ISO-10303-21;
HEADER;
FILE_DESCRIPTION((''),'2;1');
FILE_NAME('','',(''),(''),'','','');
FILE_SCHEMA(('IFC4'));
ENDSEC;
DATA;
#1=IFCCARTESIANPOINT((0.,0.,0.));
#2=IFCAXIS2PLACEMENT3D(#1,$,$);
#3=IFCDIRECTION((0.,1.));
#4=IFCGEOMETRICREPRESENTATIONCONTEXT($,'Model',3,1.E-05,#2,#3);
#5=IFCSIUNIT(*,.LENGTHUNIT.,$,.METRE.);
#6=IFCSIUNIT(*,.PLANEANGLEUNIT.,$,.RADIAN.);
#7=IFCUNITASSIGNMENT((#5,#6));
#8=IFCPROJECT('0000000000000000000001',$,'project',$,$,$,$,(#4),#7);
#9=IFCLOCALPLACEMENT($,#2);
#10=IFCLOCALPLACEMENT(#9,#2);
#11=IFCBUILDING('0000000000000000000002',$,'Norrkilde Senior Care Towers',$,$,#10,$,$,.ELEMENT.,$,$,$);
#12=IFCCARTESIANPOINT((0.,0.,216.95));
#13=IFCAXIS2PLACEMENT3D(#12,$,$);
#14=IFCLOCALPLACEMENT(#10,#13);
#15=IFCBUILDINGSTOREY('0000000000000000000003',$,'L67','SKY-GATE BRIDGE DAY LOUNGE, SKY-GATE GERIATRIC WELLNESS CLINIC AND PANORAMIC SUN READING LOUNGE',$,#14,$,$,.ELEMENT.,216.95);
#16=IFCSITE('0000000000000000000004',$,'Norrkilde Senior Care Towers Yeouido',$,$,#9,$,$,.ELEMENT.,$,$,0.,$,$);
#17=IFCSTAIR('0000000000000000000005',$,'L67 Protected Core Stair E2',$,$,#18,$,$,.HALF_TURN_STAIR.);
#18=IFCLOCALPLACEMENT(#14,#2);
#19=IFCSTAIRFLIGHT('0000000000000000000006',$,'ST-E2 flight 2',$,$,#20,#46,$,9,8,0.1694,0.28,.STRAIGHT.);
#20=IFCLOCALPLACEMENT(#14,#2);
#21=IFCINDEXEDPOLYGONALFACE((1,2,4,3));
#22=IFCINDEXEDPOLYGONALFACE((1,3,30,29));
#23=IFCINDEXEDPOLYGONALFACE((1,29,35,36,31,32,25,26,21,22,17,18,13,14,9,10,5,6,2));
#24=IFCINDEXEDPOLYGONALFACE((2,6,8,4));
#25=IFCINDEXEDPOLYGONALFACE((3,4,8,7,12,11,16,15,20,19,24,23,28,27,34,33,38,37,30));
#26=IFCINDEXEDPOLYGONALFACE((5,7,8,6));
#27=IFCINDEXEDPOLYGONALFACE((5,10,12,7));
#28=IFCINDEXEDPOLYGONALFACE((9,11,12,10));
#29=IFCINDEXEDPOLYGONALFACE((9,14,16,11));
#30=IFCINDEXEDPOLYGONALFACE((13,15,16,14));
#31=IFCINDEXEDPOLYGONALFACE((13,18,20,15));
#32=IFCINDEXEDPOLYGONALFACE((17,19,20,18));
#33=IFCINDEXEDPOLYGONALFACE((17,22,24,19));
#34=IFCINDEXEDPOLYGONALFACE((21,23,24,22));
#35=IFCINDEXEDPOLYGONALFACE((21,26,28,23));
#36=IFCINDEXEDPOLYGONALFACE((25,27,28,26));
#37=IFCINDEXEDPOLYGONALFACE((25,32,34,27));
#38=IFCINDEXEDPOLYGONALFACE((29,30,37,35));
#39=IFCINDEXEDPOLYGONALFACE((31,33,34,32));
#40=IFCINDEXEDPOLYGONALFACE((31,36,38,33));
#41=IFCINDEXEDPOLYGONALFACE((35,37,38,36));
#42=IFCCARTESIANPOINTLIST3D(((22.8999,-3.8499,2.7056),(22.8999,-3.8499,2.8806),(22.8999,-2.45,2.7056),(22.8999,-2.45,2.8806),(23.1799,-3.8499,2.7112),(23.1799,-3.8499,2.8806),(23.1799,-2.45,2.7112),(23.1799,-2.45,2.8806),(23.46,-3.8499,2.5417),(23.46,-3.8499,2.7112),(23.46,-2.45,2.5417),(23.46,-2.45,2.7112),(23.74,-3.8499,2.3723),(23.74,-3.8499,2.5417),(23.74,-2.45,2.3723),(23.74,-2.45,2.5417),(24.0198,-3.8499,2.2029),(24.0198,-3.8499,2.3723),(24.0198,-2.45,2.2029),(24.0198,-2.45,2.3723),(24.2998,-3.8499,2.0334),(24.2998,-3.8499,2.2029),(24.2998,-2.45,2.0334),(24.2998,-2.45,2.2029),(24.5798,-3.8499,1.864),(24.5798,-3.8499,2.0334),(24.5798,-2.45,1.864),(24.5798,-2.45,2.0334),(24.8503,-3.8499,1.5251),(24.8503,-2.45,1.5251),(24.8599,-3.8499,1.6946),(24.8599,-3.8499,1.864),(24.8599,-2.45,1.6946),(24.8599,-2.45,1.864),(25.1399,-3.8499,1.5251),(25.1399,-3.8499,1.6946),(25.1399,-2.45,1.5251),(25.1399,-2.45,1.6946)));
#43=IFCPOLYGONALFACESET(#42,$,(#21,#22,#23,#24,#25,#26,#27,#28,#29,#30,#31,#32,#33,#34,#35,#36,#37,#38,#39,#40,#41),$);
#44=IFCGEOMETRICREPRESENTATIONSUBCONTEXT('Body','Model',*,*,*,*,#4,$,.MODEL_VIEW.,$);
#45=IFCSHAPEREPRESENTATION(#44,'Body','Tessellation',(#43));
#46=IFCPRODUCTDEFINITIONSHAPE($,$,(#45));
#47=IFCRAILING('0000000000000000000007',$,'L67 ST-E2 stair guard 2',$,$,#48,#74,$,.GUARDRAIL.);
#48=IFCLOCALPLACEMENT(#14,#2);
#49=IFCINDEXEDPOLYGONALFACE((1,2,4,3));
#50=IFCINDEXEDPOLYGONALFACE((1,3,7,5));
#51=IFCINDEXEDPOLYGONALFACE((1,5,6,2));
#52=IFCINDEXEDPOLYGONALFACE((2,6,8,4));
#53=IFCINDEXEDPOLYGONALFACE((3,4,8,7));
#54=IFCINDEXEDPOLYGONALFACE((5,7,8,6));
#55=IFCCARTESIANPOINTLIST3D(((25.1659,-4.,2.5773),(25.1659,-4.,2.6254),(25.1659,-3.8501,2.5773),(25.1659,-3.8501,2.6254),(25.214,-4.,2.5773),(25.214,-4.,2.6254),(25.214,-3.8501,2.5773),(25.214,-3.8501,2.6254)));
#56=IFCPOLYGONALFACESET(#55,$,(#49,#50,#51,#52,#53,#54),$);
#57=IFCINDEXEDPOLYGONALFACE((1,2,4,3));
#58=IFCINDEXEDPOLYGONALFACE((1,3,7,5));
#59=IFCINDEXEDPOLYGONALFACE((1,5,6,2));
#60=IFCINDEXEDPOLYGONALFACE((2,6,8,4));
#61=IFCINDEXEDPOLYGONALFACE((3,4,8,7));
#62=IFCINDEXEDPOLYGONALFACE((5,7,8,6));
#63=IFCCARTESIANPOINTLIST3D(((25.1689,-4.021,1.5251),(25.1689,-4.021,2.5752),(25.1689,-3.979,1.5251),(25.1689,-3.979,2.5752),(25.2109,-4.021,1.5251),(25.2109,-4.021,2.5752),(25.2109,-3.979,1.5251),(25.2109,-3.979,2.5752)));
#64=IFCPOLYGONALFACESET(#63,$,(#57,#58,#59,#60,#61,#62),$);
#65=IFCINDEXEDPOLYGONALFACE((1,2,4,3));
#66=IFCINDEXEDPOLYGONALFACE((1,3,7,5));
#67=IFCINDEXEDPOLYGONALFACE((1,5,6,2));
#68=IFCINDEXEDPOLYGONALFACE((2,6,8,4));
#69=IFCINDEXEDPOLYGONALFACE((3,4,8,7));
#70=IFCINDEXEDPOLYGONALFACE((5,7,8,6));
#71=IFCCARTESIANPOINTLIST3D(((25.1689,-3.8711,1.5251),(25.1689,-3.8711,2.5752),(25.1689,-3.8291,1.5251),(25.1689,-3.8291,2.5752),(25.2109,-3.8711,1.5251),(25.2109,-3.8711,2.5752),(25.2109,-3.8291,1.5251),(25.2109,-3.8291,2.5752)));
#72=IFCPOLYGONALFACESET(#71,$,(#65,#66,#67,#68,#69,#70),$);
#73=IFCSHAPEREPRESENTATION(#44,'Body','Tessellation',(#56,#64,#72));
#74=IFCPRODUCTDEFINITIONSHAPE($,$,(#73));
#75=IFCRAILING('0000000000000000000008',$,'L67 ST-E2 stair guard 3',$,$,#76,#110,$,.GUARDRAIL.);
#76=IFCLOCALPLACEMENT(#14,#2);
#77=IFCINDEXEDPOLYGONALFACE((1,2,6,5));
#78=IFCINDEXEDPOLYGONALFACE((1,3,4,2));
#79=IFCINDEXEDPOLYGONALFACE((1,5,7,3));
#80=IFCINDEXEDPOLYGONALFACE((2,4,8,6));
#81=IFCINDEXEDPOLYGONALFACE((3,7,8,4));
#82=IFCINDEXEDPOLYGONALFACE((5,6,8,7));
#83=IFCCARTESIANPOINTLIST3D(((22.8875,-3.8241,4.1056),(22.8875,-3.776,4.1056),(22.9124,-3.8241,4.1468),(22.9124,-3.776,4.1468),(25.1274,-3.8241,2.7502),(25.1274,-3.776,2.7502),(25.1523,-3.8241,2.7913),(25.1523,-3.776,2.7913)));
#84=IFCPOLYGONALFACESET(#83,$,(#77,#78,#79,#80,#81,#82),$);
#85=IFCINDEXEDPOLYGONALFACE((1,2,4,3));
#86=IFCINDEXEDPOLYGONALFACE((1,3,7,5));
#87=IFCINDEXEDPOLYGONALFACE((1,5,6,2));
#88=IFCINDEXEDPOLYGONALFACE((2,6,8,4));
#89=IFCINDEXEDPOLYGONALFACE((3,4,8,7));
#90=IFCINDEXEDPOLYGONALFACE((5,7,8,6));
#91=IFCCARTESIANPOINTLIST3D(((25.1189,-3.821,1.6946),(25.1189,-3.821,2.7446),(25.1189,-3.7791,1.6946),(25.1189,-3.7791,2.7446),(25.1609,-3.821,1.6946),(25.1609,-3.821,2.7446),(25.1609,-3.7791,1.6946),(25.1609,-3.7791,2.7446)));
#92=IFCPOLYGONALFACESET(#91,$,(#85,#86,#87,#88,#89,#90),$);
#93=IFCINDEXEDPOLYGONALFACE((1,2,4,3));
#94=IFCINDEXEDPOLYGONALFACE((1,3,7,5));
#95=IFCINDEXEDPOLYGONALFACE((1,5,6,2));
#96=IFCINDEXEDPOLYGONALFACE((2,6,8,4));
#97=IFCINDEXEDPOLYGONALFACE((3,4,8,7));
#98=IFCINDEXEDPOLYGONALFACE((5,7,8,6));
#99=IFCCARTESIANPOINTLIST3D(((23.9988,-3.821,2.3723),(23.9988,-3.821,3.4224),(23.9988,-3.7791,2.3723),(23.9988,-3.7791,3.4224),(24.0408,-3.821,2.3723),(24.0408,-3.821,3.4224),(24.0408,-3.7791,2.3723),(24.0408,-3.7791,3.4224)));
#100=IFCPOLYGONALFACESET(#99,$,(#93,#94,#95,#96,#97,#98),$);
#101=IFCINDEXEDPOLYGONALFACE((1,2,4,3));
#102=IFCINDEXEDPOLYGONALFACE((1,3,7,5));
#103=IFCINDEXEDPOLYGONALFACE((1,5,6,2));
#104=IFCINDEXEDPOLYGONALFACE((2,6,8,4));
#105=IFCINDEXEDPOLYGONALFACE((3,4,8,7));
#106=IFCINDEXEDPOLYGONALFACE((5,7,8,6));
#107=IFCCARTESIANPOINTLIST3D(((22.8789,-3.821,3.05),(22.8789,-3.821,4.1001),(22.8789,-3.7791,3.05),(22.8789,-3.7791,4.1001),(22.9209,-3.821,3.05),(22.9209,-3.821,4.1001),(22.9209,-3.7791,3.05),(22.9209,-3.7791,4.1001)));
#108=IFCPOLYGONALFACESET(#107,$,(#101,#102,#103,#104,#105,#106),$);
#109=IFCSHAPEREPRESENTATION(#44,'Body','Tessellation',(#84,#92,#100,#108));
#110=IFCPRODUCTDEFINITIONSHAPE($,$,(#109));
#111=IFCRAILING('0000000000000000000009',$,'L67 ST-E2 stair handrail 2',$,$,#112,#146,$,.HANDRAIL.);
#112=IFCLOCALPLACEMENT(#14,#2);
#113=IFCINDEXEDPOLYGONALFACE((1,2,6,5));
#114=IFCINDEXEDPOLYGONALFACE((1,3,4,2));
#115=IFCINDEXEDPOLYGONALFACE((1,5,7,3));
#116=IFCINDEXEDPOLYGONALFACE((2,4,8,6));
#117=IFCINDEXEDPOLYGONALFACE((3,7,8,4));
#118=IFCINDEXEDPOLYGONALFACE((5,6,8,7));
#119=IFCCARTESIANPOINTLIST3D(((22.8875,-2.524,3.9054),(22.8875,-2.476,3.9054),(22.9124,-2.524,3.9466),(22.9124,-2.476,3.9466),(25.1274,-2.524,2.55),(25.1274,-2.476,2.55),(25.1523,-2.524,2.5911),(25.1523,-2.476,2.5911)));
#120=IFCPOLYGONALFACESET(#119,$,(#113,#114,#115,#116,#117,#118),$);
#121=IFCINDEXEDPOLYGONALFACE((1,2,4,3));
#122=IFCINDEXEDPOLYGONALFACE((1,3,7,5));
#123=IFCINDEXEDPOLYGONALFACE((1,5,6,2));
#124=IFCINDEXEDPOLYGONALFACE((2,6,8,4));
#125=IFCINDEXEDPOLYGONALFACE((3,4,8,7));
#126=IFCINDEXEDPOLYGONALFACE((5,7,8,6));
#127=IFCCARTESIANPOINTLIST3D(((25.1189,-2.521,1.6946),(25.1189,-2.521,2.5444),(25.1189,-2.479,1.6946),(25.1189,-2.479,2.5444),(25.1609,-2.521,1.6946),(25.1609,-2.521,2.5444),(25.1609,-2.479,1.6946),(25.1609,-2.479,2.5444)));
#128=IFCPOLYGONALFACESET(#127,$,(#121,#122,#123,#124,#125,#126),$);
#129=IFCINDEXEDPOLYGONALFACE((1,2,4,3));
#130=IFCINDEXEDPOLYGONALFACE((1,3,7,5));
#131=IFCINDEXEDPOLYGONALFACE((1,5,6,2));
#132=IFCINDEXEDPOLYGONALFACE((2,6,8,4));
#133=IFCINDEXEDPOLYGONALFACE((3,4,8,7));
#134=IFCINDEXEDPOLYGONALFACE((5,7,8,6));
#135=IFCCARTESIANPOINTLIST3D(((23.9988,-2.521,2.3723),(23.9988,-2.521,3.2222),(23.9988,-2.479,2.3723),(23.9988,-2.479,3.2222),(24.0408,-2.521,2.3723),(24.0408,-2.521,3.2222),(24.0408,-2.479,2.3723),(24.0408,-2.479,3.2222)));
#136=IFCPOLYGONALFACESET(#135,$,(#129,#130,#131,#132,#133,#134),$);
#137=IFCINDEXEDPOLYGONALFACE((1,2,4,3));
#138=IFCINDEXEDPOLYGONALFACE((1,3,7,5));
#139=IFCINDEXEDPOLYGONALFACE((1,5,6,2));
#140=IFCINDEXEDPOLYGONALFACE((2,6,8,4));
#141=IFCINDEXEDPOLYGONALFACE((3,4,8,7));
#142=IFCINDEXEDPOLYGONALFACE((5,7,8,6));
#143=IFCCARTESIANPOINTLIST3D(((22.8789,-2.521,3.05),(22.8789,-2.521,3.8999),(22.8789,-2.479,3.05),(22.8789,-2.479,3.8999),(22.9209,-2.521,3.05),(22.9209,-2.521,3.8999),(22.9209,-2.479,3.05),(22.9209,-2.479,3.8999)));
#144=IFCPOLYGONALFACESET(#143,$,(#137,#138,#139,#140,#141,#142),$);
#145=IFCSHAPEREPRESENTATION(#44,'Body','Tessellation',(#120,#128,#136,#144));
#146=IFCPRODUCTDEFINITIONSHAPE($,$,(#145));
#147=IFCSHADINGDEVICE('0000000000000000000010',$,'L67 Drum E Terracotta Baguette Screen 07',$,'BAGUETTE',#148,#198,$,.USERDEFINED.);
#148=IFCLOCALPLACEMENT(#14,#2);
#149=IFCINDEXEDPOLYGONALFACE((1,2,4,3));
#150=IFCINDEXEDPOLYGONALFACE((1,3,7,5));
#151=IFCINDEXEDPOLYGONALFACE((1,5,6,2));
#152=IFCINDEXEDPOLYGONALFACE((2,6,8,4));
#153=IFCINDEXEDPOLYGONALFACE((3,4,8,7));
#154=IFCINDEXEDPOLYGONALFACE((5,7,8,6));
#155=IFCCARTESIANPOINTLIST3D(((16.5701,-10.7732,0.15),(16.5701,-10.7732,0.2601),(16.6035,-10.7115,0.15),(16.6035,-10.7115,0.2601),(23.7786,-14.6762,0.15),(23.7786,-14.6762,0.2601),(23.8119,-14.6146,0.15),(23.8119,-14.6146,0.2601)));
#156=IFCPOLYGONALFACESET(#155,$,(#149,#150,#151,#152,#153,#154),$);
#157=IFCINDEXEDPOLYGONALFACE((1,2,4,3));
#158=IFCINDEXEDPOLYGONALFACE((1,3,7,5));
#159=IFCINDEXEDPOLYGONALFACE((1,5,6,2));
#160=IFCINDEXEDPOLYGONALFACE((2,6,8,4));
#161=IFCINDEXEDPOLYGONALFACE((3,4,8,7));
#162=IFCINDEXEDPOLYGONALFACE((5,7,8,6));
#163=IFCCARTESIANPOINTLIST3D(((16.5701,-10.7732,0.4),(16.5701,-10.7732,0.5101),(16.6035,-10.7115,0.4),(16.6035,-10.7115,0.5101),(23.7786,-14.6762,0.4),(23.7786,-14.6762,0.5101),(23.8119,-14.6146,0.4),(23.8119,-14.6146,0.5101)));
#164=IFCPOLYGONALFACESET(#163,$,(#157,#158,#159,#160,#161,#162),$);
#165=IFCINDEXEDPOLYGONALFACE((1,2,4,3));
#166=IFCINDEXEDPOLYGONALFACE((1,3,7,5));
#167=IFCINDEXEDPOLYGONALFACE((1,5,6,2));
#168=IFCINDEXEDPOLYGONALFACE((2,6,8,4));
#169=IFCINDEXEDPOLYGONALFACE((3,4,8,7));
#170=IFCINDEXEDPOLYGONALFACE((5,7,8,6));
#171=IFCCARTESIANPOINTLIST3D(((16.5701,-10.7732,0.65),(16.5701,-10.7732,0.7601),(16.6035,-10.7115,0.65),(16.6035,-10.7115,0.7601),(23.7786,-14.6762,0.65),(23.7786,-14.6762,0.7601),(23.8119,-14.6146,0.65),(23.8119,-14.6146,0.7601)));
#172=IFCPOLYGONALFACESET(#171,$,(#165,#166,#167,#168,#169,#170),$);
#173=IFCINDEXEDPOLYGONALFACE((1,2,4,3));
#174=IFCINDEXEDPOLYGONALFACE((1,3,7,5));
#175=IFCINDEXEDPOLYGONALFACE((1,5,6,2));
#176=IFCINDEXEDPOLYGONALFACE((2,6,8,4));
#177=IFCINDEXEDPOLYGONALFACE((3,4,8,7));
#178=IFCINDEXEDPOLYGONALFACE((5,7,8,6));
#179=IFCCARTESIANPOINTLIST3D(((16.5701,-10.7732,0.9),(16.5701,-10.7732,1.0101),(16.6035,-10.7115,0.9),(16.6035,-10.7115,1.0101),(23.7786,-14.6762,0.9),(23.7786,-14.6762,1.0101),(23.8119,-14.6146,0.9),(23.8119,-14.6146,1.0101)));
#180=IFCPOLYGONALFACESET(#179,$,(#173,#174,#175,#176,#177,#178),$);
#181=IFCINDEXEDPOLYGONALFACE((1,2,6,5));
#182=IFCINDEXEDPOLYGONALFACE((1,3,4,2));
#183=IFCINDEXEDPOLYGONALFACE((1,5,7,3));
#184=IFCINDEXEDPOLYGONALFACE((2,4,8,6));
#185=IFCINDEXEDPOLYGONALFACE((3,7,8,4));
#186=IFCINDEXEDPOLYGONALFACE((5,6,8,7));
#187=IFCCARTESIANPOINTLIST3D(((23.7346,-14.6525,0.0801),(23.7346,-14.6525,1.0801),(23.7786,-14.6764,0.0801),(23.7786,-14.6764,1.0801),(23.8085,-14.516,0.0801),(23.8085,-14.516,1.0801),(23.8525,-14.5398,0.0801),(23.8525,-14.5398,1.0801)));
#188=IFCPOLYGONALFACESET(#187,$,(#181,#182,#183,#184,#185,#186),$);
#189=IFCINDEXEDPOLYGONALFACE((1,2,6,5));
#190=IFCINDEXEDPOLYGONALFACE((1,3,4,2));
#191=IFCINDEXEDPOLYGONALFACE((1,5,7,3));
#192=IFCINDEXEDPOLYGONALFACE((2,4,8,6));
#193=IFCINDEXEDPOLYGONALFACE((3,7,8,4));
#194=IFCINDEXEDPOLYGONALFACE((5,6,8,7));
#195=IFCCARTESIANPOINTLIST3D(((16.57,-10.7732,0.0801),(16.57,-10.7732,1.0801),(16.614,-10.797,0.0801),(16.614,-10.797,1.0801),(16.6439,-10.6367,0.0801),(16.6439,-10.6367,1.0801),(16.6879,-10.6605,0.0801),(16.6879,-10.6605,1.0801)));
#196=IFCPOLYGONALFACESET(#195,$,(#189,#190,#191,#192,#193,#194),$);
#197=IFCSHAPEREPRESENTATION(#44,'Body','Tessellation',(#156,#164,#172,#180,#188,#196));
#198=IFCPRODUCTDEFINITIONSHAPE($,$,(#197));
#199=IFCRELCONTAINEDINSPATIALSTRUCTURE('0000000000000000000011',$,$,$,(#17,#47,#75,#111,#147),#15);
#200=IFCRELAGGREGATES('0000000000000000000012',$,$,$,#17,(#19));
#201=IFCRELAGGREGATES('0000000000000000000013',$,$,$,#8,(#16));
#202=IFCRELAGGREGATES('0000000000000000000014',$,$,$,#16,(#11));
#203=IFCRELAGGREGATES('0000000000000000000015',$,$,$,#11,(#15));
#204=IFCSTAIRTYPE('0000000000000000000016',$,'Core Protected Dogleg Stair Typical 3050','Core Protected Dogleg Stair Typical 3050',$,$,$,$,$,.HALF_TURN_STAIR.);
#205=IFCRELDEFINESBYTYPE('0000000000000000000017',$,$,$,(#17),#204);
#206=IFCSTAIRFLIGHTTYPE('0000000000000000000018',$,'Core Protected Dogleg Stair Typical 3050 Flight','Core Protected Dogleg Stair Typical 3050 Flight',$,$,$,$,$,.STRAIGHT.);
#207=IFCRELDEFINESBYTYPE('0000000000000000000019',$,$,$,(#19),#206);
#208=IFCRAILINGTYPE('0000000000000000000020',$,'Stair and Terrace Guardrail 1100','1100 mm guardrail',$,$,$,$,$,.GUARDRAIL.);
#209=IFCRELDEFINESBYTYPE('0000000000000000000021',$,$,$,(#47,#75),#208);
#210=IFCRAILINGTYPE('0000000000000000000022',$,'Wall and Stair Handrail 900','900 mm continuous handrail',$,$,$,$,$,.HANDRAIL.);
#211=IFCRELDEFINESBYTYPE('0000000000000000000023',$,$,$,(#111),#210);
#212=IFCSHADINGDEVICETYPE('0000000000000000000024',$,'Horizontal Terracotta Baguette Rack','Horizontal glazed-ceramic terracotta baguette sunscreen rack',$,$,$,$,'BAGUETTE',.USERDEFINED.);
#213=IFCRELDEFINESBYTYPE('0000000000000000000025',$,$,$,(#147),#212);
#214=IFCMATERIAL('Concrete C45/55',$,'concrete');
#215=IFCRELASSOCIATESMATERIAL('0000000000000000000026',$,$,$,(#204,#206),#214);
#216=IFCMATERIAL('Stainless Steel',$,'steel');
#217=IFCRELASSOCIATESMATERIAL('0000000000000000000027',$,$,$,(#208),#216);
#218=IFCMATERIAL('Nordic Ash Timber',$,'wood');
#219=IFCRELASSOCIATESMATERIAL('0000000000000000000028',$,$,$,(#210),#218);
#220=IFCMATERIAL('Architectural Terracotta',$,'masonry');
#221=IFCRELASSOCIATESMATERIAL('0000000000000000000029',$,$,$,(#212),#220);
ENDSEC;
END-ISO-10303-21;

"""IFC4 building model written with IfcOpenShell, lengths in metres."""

from ifc_helpers import new_model, si_unit, direction, frame, origin, origin_2d, place, context, subcontext, project, spatial, polyline, rectangle, outline, extrude, source, transform, mapped, material, type_object, type_shapes, element, aggregate, save


model = new_model("IFC4")

# Units and contexts
model_context = context("Model", 3, precision=1e-05, world=origin(), true_north=direction((0.0, 1.0)))
body_context = subcontext(model_context, "Body", "Model", "MODEL_VIEW")
ifc_project = project(units=[si_unit("LENGTHUNIT", "METRE"), si_unit("PLANEANGLEUNIT", "RADIAN")], contexts=[model_context])

# Site, building, storey
site_placement = place(None, origin())
site = spatial("IfcSite", under=ifc_project, at=site_placement, Name="Norrkilde Senior Care Towers Yeouido", CompositionType="ELEMENT", RefElevation=0.0)
building_placement = place(site_placement, origin())
building = spatial("IfcBuilding", under=site, at=building_placement, Name="Norrkilde Senior Care Towers", CompositionType="ELEMENT")
storey_placement = place(building_placement, frame((0.0, 0.0, 216.95)))
storey = spatial("IfcBuildingStorey", under=building, at=storey_placement, Name="L67", Description="SKY-GATE BRIDGE DAY LOUNGE, SKY-GATE GERIATRIC WELLNESS CLINIC AND PANORAMIC SUN READING LOUNGE", CompositionType="ELEMENT", Elevation=216.95)

# Shared definitions
ifc_material_1 = material(Name="Concrete C45/55", Category="concrete")

# Shared definitions
ifc_material_2 = material(Name="Stainless Steel", Category="steel")

# Shared definitions
ifc_material_3 = material(Name="Nordic Ash Timber", Category="wood")

# Stair, stair flight
stair_type = type_object("IfcStairType", Name="Core Protected Dogleg Stair Typical 3050", Description="Core Protected Dogleg Stair Typical 3050", PredefinedType="HALF_TURN_STAIR", material=ifc_material_1)
stair_placement = place(storey_placement, origin())
stair = element("IfcStair", 1, at=stair_placement, inside=storey, type_object=stair_type, Name="L67 Protected Core Stair E2", PredefinedType="HALF_TURN_STAIR")
stair_flight_type = type_object("IfcStairFlightType", Name="Core Protected Dogleg Stair Typical 3050 Flight", Description="Core Protected Dogleg Stair Typical 3050 Flight", PredefinedType="STRAIGHT", material=ifc_material_1)
stair_flight_placement = place(storey_placement, frame((25.1399, -3.1499, 1.5251), z_axis=(0.0, 0.0, 1.0), x_axis=(-1.0, 0.0, 0.0)))
stair_flight = element("IfcStairFlight", 2, at=stair_flight_placement, type_object=stair_flight_type, Name="ST-E2 flight 2", NumberOfRisers=9, NumberOfTreads=8, PredefinedType="STRAIGHT", RiserHeight=0.1694, TreadLength=0.28, context=body_context, shape_type="SweptSolid", body=[
    extrude(outline(polyline([(0.0, 0.0), (0.0, 0.1694), (0.28, 0.1694), (0.28, 0.3389), (0.5601, 0.3389), (0.5601, 0.5083), (0.8401, 0.5083), (0.8401, 0.6777), (1.1201, 0.6777), (1.1201, 0.8472), (1.3999, 0.8472), (1.3999, 1.0166), (1.6799, 1.0166), (1.6799, 1.186), (1.96, 1.186), (1.96, 1.3555), (2.24, 1.3555), (2.24, 1.5249), (2.24, 1.1804), (0.2896, 0.0), (0.0, 0.0)])), frame((0.0, 0.7, 0.0), z_axis=(0.0, -1.0, 0.0), x_axis=(1.0, 0.0, 0.0)), (0.0, 0.0, 1.0), 1.3999),
])
aggregate(stair, [stair_flight])

# Railings
railing_type_1 = type_object("IfcRailingType", Name="Stair and Terrace Guardrail 1100", Description="1100 mm guardrail", PredefinedType="GUARDRAIL", material=ifc_material_2)
railing_1_placement = place(storey_placement, frame((25.1899, -4.0, 1.5251)))
element("IfcRailing", 3, at=railing_1_placement, inside=storey, type_object=railing_type_1, Name="L67 ST-E2 stair guard 2", PredefinedType="GUARDRAIL", context=body_context, shape_type="SweptSolid", body=[
    extrude(rectangle(XDim=0.0481, YDim=0.0481, at=origin_2d()), frame((0.0, 0.0, 1.0762), z_axis=(0.0, 1.0, 0.0), x_axis=(-1.0, 0.0, 0.0)), (0.0, 0.0, 1.0), 0.1499),
    extrude(rectangle(XDim=0.042, YDim=0.042, at=origin_2d()), origin(), (0.0, 0.0, 1.0), 1.05),
    extrude(rectangle(XDim=0.042, YDim=0.042, at=origin_2d()), frame((0.0, 0.1499, 0.0)), (0.0, 0.0, 1.0), 1.05),
])
railing_2_placement = place(storey_placement, frame((25.1399, -3.8, 1.6946)))
element("IfcRailing", 4, at=railing_2_placement, inside=storey, type_object=railing_type_1, Name="L67 ST-E2 stair guard 3", PredefinedType="GUARDRAIL", context=body_context, shape_type="SweptSolid", body=[
    extrude(rectangle(XDim=0.0481, YDim=0.0481, at=origin_2d()), frame((0.0, 0.0, 1.0762), z_axis=(-0.855553, 0.0, 0.517715), x_axis=(0.0, -1.0, 0.0)), (0.0, 0.0, 1.0), 2.6182),
    extrude(rectangle(XDim=0.042, YDim=0.042, at=origin_2d()), origin(), (0.0, 0.0, 1.0), 1.05),
    extrude(rectangle(XDim=0.042, YDim=0.042, at=origin_2d()), frame((-1.1201, 0.0, 0.6777)), (0.0, 0.0, 1.0), 1.05),
    extrude(rectangle(XDim=0.042, YDim=0.042, at=origin_2d()), frame((-2.24, 0.0, 1.3555)), (0.0, 0.0, 1.0), 1.05),
])
railing_type_2 = type_object("IfcRailingType", Name="Wall and Stair Handrail 900", Description="900 mm continuous handrail", PredefinedType="HANDRAIL", material=ifc_material_3)
railing_3_placement = place(storey_placement, frame((25.1399, -2.5, 1.6946)))
element("IfcRailing", 5, at=railing_3_placement, inside=storey, type_object=railing_type_2, Name="L67 ST-E2 stair handrail 2", PredefinedType="HANDRAIL", context=body_context, shape_type="SweptSolid", body=[
    extrude(rectangle(XDim=0.0481, YDim=0.0481, at=origin_2d()), frame((0.0, 0.0, 0.876), z_axis=(-0.855553, 0.0, 0.517715), x_axis=(0.0, -1.0, 0.0)), (0.0, 0.0, 1.0), 2.6182),
    extrude(rectangle(XDim=0.042, YDim=0.042, at=origin_2d()), origin(), (0.0, 0.0, 1.0), 0.8499),
    extrude(rectangle(XDim=0.042, YDim=0.042, at=origin_2d()), frame((-1.1201, 0.0, 0.6777)), (0.0, 0.0, 1.0), 0.8499),
    extrude(rectangle(XDim=0.042, YDim=0.042, at=origin_2d()), frame((-2.24, 0.0, 1.3555)), (0.0, 0.0, 1.0), 0.8499),
])

# Shading device
ifc_material_4 = material(Name="Architectural Terracotta", Category="masonry")
shading_device_type = type_object("IfcShadingDeviceType", Name="Horizontal Terracotta Baguette Rack", Description="Horizontal glazed-ceramic terracotta baguette sunscreen rack", ElementType="BAGUETTE", PredefinedType="USERDEFINED", material=ifc_material_4)
shared_shape_1 = source(origin(), body_context, "Body", "SweptSolid", [
    extrude(rectangle(XDim=0.0701, YDim=0.1101, at=origin_2d()), frame((0.0, 0.0901, 0.125), z_axis=(1.0, 0.0, 0.0), x_axis=(0.0, 1.0, 0.0)), (0.0, 0.0, 1.0), 8.1973),
    extrude(rectangle(XDim=0.0701, YDim=0.1101, at=origin_2d()), frame((0.0, 0.0901, 0.375), z_axis=(1.0, 0.0, 0.0), x_axis=(0.0, 1.0, 0.0)), (0.0, 0.0, 1.0), 8.1973),
    extrude(rectangle(XDim=0.0701, YDim=0.1101, at=origin_2d()), frame((0.0, 0.0901, 0.625), z_axis=(1.0, 0.0, 0.0), x_axis=(0.0, 1.0, 0.0)), (0.0, 0.0, 1.0), 8.1973),
    extrude(rectangle(XDim=0.0701, YDim=0.1101, at=origin_2d()), frame((0.0, 0.0901, 0.875), z_axis=(1.0, 0.0, 0.0), x_axis=(0.0, 1.0, 0.0)), (0.0, 0.0, 1.0), 8.1973),
    extrude(rectangle(XDim=0.05, YDim=0.1553, at=origin_2d()), frame((0.0249, 0.0476, 0.0)), (0.0, 0.0, 1.0), 1.0),
    extrude(rectangle(XDim=0.05, YDim=0.1553, at=origin_2d()), frame((8.1724, 0.0476, 0.0)), (0.0, 0.0, 1.0), 1.0),
])
type_shapes(shading_device_type, [shared_shape_1])
shading_device_placement = place(storey_placement, frame((23.8381, -14.5662, 0.0801), z_axis=(0.0, 0.0, 1.0), x_axis=(-0.879378, 0.476144, 0.0)))
element("IfcShadingDevice", 6, at=shading_device_placement, inside=storey, type_object=shading_device_type, Name="L67 Drum E Terracotta Baguette Screen 07", ObjectType="BAGUETTE", PredefinedType="USERDEFINED", context=body_context, shape_type="MappedRepresentation", body=[
    mapped(shared_shape_1, transform((0.0, 0.0, 0.0), x_axis=(1.0, 0.0, 0.0), y_axis=(0.0, 1.0, 0.0), z_axis=(0.0, 0.0, 1.0), scale=1.0)),
])

save(model, "model.ifc")
